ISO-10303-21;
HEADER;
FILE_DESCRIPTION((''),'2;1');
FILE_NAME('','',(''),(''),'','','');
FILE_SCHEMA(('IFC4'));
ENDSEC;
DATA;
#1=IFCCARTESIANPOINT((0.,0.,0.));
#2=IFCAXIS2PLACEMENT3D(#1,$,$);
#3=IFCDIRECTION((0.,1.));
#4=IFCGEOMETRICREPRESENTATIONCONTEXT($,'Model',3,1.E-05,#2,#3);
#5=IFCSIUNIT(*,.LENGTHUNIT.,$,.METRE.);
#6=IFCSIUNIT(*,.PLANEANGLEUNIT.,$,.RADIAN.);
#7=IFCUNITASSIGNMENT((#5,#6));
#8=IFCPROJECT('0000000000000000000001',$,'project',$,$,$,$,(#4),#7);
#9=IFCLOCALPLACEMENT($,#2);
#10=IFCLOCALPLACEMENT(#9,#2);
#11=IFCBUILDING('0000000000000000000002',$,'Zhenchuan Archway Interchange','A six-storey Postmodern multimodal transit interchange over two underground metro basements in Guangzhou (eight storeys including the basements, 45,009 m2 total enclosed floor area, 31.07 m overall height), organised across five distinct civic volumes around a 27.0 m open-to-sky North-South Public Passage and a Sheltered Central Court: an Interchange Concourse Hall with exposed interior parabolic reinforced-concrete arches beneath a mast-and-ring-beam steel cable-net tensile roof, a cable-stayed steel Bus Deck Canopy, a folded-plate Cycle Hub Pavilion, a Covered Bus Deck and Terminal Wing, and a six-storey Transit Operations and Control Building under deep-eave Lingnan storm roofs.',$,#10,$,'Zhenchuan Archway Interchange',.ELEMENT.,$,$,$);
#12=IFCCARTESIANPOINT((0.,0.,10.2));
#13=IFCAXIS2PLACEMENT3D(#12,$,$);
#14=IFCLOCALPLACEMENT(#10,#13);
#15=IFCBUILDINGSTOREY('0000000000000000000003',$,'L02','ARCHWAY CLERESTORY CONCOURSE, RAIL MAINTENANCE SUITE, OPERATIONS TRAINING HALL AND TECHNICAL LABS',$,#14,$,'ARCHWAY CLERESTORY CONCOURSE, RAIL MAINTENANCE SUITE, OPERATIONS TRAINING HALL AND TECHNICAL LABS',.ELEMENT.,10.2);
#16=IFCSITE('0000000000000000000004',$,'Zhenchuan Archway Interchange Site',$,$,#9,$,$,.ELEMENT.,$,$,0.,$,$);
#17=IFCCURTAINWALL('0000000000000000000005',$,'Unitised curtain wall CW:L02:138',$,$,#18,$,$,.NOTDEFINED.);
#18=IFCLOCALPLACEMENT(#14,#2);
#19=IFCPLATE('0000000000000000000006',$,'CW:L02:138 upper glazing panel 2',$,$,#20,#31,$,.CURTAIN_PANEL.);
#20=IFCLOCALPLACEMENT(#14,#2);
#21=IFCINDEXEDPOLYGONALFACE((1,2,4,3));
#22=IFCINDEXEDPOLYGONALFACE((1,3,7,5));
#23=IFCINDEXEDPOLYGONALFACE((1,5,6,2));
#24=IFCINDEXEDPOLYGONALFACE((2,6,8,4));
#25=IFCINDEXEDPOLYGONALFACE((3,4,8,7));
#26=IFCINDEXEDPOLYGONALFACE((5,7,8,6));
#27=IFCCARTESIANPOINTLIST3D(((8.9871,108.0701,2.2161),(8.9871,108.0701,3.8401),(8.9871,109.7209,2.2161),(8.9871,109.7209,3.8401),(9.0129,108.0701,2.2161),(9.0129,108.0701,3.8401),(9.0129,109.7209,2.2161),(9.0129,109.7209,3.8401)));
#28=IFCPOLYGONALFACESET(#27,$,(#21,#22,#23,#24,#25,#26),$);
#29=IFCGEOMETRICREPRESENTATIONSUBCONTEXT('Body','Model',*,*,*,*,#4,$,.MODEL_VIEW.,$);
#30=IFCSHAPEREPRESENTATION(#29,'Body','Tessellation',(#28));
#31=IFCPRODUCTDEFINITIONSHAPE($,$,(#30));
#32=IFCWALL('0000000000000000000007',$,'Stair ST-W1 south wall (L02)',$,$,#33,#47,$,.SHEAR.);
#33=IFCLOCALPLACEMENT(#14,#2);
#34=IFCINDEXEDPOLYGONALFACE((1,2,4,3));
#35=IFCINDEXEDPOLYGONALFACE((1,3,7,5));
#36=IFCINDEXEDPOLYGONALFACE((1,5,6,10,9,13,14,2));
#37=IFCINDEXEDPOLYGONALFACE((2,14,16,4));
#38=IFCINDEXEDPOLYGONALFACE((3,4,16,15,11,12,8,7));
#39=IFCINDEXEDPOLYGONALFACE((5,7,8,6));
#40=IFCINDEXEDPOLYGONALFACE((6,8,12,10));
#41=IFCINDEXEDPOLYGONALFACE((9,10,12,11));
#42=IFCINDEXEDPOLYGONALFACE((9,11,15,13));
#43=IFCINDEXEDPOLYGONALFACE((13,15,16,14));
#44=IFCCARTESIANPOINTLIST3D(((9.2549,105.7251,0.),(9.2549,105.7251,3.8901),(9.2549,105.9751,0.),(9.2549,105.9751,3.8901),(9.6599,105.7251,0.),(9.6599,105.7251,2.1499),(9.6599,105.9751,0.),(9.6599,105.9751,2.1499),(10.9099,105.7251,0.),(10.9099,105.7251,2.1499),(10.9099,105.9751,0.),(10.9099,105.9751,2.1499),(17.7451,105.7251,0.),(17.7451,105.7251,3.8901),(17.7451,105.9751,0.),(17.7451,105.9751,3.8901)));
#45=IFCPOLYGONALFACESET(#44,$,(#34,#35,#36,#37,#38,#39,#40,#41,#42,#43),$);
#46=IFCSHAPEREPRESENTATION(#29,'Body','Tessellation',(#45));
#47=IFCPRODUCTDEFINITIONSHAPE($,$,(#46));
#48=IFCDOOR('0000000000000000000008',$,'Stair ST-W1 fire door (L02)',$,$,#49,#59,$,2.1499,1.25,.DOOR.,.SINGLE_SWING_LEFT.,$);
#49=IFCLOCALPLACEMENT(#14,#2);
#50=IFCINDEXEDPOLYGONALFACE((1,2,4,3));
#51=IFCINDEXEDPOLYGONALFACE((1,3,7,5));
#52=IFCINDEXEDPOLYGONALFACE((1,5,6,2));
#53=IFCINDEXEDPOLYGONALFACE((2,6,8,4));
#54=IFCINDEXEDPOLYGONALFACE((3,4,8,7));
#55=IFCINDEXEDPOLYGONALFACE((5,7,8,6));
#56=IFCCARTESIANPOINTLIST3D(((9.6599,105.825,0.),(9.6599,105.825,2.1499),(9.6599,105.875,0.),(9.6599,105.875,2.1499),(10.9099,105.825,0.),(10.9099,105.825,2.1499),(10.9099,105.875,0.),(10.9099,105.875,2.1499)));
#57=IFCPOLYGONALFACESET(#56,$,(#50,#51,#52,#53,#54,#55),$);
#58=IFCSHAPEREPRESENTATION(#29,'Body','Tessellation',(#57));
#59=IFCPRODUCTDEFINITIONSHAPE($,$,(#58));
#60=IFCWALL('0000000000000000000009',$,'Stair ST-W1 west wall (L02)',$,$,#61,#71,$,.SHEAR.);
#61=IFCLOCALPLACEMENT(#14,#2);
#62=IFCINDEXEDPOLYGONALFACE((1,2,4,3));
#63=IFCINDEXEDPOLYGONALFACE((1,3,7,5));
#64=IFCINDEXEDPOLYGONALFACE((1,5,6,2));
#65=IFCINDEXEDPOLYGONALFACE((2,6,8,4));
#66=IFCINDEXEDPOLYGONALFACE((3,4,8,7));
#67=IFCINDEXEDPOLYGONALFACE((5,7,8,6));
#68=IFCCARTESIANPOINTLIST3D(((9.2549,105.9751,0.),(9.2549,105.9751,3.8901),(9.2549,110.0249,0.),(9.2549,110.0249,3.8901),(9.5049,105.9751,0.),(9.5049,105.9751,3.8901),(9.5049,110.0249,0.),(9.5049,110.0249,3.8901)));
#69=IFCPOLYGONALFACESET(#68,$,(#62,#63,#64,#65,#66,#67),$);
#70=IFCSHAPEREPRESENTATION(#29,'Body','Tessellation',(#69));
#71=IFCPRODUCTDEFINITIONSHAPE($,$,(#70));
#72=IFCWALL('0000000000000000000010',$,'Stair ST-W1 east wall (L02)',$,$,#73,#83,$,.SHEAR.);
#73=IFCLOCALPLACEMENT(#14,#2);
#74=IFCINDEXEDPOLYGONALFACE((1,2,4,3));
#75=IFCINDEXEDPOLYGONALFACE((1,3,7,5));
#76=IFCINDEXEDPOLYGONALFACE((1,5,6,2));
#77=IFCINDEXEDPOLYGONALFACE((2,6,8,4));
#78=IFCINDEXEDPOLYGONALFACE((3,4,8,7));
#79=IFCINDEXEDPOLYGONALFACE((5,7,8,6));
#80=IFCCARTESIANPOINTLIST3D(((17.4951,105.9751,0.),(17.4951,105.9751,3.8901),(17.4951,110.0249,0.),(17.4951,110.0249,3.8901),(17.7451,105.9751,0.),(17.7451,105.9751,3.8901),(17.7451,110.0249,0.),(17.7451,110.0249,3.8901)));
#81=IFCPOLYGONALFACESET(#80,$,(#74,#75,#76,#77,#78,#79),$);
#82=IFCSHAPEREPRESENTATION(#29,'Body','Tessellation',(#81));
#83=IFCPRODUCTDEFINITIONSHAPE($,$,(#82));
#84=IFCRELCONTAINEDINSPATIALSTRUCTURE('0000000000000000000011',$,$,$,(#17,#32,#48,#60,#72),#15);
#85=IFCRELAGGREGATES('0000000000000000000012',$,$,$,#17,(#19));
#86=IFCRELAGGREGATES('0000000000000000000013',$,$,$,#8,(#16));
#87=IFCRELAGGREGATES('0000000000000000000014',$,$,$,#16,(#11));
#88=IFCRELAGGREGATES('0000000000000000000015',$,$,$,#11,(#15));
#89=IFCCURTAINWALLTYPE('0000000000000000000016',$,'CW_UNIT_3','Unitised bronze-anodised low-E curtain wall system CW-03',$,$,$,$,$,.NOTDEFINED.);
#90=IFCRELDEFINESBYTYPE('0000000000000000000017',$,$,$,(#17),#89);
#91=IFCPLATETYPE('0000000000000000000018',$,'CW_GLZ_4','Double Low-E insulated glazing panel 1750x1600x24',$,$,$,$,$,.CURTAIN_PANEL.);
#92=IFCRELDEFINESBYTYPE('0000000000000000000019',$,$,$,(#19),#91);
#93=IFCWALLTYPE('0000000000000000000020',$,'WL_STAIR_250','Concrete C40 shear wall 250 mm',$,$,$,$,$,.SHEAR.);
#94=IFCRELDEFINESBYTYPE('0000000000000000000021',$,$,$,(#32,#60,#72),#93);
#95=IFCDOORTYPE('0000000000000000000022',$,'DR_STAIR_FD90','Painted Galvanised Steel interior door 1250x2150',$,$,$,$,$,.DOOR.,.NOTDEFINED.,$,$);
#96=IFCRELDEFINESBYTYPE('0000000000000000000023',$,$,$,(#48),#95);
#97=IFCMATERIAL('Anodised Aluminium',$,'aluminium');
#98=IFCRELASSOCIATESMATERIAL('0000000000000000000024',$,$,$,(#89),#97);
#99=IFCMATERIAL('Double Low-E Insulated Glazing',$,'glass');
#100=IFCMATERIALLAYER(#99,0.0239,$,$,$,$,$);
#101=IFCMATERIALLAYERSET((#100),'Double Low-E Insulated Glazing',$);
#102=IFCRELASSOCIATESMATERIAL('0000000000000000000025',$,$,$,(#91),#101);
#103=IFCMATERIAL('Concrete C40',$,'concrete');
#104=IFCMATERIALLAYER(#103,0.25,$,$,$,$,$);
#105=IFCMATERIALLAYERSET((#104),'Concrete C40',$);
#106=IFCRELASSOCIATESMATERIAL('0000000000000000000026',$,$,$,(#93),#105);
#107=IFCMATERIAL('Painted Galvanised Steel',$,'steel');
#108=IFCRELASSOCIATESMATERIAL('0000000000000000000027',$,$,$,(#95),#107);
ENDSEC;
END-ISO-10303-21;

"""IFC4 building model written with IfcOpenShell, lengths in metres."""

from ifc_helpers import new_model, si_unit, direction, frame, frame_2d, origin, origin_2d, place, context, subcontext, project, spatial, rectangle, extrude, material, layer, layer_set, type_object, element, fill, aggregate, save


model = new_model("IFC4")

# Units and contexts
model_context = context("Model", 3, precision=1e-05, world=origin(), true_north=direction((0.0, 1.0)))
body_context = subcontext(model_context, "Body", "Model", "MODEL_VIEW")
ifc_project = project(units=[si_unit("LENGTHUNIT", "METRE"), si_unit("PLANEANGLEUNIT", "RADIAN")], contexts=[model_context])

# Site, building, storey
site_placement = place(None, origin())
site = spatial("IfcSite", under=ifc_project, at=site_placement, Name="Zhenchuan Archway Interchange Site", CompositionType="ELEMENT", RefElevation=0.0)
building_placement = place(site_placement, origin())
building = spatial("IfcBuilding", under=site, at=building_placement, Name="Zhenchuan Archway Interchange", Description="A six-storey Postmodern multimodal transit interchange over two underground metro basements in Guangzhou (eight storeys including the basements, 45,009 m2 total enclosed floor area, 31.07 m overall height), organised across five distinct civic volumes around a 27.0 m open-to-sky North-South Public Passage and a Sheltered Central Court: an Interchange Concourse Hall with exposed interior parabolic reinforced-concrete arches beneath a mast-and-ring-beam steel cable-net tensile roof, a cable-stayed steel Bus Deck Canopy, a folded-plate Cycle Hub Pavilion, a Covered Bus Deck and Terminal Wing, and a six-storey Transit Operations and Control Building under deep-eave Lingnan storm roofs.", LongName="Zhenchuan Archway Interchange", CompositionType="ELEMENT")
storey_placement = place(building_placement, frame((0.0, 0.0, 10.2)))
storey = spatial("IfcBuildingStorey", under=building, at=storey_placement, Name="L02", Description="ARCHWAY CLERESTORY CONCOURSE, RAIL MAINTENANCE SUITE, OPERATIONS TRAINING HALL AND TECHNICAL LABS", LongName="ARCHWAY CLERESTORY CONCOURSE, RAIL MAINTENANCE SUITE, OPERATIONS TRAINING HALL AND TECHNICAL LABS", CompositionType="ELEMENT", Elevation=10.2)

# Curtain wall, plate
ifc_material_1 = material(Name="Anodised Aluminium", Category="aluminium")
curtain_wall_type = type_object("IfcCurtainWallType", Name="CW_UNIT_3", Description="Unitised bronze-anodised low-E curtain wall system CW-03", PredefinedType="NOTDEFINED", material=ifc_material_1)
curtain_wall_placement = place(storey_placement, origin())
curtain_wall = element("IfcCurtainWall", 1, at=curtain_wall_placement, inside=storey, type_object=curtain_wall_type, Name="Unitised curtain wall CW:L02:138", PredefinedType="NOTDEFINED")
ifc_material_2 = material(Name="Double Low-E Insulated Glazing", Category="glass")
ifc_layer_1 = layer(ifc_material_2, 0.0239)
ifc_layer_set_1 = layer_set([ifc_layer_1], Name="Double Low-E Insulated Glazing")
plate_type_1 = type_object("IfcPlateType", Name="CW_GLZ_4", Description="Double Low-E insulated glazing panel 1750x1600x24", PredefinedType="CURTAIN_PANEL", material=ifc_layer_set_1)
plate_1_placement = place(storey_placement, frame((9.0, 108.8955, 2.2161), z_axis=(0.0, 0.0, 1.0), x_axis=(0.0, 1.0, 0.0)))
plate_1 = element("IfcPlate", 2, at=plate_1_placement, type_object=plate_type_1, Name="CW:L02:138 upper glazing panel 2", PredefinedType="CURTAIN_PANEL", context=body_context, shape_type="SweptSolid", body=[
    extrude(rectangle(XDim=1.6509, YDim=0.0259, at=origin_2d()), origin(), (0.0, 0.0, 1.0), 1.624),
])
aggregate(curtain_wall, [plate_1])

# Wall, opening, door
ifc_material_3 = material(Name="Concrete C40", Category="concrete")
ifc_layer_2 = layer(ifc_material_3, 0.25)
ifc_layer_set_2 = layer_set([ifc_layer_2], Name="Concrete C40")
wall_type = type_object("IfcWallType", Name="WL_STAIR_250", Description="Concrete C40 shear wall 250 mm", PredefinedType="SHEAR", material=ifc_layer_set_2)
wall_placement = place(storey_placement, frame((9.2549, 105.8501, 0.0), z_axis=(0.0, 0.0, 1.0), x_axis=(1.0, 0.0, 0.0)))
wall = element("IfcWall", 3, at=wall_placement, inside=storey, type_object=wall_type, Name="Stair ST-W1 south wall (L02)", PredefinedType="SHEAR", context=body_context, shape_type="SweptSolid", body=[
    extrude(rectangle(XDim=8.4902, YDim=0.25, at=frame_2d((4.2451, 0.0))), origin(), (0.0, 0.0, 1.0), 3.8901),
])
opening_placement = place(wall_placement, frame((0.405, 0.0, 0.0)))
opening = element("IfcOpeningElement", 4, at=opening_placement, cuts=wall, PredefinedType="OPENING", context=body_context, shape_type="SweptSolid", body=[
    extrude(rectangle(XDim=1.25, YDim=2.1499, at=frame_2d((0.625, 1.075))), frame((0.0, 0.137, 0.0), z_axis=(0.0, -1.0, 0.0), x_axis=(1.0, 0.0, 0.0)), (0.0, 0.0, 1.0), 0.2739),
])
ifc_material_4 = material(Name="Painted Galvanised Steel", Category="steel")
door_type = type_object("IfcDoorType", Name="DR_STAIR_FD90", Description="Painted Galvanised Steel interior door 1250x2150", OperationType="NOTDEFINED", PredefinedType="DOOR", material=ifc_material_4)
door_placement = place(opening_placement, origin())
door = element("IfcDoor", 5, at=door_placement, inside=storey, type_object=door_type, Name="Stair ST-W1 fire door (L02)", OperationType="SINGLE_SWING_LEFT", OverallHeight=2.1499, OverallWidth=1.25, PredefinedType="DOOR", context=body_context, shape_type="SweptSolid", body=[
    extrude(rectangle(XDim=1.25, YDim=2.1499, at=frame_2d((0.625, 1.075))), frame((0.0, 0.0249, 0.0), z_axis=(0.0, -1.0, 0.0), x_axis=(1.0, 0.0, 0.0)), (0.0, 0.0, 1.0), 0.05),
])
fill(opening, door)

# Walls
for number, where, z_axis, x_axis, name in (
    (6, (9.3799, 110.0249, 0.0), (0.0, 0.0, 1.0), (0.0, -1.0, 0.0), "Stair ST-W1 west wall (L02)"),
    (7, (17.6201, 105.9751, 0.0), (0.0, 0.0, 1.0), (0.0, 1.0, 0.0), "Stair ST-W1 east wall (L02)"),
):
    element("IfcWall", number, at=place(storey_placement, frame(where, z_axis=z_axis, x_axis=x_axis)), inside=storey, type_object=wall_type, Name=name, PredefinedType="SHEAR", context=body_context, shape_type="SweptSolid", body=[
        extrude(rectangle(XDim=4.0498, YDim=0.25, at=frame_2d((2.0249, 0.0))), origin(), (0.0, 0.0, 1.0), 3.8901),
    ])

save(model, "model.ifc")
